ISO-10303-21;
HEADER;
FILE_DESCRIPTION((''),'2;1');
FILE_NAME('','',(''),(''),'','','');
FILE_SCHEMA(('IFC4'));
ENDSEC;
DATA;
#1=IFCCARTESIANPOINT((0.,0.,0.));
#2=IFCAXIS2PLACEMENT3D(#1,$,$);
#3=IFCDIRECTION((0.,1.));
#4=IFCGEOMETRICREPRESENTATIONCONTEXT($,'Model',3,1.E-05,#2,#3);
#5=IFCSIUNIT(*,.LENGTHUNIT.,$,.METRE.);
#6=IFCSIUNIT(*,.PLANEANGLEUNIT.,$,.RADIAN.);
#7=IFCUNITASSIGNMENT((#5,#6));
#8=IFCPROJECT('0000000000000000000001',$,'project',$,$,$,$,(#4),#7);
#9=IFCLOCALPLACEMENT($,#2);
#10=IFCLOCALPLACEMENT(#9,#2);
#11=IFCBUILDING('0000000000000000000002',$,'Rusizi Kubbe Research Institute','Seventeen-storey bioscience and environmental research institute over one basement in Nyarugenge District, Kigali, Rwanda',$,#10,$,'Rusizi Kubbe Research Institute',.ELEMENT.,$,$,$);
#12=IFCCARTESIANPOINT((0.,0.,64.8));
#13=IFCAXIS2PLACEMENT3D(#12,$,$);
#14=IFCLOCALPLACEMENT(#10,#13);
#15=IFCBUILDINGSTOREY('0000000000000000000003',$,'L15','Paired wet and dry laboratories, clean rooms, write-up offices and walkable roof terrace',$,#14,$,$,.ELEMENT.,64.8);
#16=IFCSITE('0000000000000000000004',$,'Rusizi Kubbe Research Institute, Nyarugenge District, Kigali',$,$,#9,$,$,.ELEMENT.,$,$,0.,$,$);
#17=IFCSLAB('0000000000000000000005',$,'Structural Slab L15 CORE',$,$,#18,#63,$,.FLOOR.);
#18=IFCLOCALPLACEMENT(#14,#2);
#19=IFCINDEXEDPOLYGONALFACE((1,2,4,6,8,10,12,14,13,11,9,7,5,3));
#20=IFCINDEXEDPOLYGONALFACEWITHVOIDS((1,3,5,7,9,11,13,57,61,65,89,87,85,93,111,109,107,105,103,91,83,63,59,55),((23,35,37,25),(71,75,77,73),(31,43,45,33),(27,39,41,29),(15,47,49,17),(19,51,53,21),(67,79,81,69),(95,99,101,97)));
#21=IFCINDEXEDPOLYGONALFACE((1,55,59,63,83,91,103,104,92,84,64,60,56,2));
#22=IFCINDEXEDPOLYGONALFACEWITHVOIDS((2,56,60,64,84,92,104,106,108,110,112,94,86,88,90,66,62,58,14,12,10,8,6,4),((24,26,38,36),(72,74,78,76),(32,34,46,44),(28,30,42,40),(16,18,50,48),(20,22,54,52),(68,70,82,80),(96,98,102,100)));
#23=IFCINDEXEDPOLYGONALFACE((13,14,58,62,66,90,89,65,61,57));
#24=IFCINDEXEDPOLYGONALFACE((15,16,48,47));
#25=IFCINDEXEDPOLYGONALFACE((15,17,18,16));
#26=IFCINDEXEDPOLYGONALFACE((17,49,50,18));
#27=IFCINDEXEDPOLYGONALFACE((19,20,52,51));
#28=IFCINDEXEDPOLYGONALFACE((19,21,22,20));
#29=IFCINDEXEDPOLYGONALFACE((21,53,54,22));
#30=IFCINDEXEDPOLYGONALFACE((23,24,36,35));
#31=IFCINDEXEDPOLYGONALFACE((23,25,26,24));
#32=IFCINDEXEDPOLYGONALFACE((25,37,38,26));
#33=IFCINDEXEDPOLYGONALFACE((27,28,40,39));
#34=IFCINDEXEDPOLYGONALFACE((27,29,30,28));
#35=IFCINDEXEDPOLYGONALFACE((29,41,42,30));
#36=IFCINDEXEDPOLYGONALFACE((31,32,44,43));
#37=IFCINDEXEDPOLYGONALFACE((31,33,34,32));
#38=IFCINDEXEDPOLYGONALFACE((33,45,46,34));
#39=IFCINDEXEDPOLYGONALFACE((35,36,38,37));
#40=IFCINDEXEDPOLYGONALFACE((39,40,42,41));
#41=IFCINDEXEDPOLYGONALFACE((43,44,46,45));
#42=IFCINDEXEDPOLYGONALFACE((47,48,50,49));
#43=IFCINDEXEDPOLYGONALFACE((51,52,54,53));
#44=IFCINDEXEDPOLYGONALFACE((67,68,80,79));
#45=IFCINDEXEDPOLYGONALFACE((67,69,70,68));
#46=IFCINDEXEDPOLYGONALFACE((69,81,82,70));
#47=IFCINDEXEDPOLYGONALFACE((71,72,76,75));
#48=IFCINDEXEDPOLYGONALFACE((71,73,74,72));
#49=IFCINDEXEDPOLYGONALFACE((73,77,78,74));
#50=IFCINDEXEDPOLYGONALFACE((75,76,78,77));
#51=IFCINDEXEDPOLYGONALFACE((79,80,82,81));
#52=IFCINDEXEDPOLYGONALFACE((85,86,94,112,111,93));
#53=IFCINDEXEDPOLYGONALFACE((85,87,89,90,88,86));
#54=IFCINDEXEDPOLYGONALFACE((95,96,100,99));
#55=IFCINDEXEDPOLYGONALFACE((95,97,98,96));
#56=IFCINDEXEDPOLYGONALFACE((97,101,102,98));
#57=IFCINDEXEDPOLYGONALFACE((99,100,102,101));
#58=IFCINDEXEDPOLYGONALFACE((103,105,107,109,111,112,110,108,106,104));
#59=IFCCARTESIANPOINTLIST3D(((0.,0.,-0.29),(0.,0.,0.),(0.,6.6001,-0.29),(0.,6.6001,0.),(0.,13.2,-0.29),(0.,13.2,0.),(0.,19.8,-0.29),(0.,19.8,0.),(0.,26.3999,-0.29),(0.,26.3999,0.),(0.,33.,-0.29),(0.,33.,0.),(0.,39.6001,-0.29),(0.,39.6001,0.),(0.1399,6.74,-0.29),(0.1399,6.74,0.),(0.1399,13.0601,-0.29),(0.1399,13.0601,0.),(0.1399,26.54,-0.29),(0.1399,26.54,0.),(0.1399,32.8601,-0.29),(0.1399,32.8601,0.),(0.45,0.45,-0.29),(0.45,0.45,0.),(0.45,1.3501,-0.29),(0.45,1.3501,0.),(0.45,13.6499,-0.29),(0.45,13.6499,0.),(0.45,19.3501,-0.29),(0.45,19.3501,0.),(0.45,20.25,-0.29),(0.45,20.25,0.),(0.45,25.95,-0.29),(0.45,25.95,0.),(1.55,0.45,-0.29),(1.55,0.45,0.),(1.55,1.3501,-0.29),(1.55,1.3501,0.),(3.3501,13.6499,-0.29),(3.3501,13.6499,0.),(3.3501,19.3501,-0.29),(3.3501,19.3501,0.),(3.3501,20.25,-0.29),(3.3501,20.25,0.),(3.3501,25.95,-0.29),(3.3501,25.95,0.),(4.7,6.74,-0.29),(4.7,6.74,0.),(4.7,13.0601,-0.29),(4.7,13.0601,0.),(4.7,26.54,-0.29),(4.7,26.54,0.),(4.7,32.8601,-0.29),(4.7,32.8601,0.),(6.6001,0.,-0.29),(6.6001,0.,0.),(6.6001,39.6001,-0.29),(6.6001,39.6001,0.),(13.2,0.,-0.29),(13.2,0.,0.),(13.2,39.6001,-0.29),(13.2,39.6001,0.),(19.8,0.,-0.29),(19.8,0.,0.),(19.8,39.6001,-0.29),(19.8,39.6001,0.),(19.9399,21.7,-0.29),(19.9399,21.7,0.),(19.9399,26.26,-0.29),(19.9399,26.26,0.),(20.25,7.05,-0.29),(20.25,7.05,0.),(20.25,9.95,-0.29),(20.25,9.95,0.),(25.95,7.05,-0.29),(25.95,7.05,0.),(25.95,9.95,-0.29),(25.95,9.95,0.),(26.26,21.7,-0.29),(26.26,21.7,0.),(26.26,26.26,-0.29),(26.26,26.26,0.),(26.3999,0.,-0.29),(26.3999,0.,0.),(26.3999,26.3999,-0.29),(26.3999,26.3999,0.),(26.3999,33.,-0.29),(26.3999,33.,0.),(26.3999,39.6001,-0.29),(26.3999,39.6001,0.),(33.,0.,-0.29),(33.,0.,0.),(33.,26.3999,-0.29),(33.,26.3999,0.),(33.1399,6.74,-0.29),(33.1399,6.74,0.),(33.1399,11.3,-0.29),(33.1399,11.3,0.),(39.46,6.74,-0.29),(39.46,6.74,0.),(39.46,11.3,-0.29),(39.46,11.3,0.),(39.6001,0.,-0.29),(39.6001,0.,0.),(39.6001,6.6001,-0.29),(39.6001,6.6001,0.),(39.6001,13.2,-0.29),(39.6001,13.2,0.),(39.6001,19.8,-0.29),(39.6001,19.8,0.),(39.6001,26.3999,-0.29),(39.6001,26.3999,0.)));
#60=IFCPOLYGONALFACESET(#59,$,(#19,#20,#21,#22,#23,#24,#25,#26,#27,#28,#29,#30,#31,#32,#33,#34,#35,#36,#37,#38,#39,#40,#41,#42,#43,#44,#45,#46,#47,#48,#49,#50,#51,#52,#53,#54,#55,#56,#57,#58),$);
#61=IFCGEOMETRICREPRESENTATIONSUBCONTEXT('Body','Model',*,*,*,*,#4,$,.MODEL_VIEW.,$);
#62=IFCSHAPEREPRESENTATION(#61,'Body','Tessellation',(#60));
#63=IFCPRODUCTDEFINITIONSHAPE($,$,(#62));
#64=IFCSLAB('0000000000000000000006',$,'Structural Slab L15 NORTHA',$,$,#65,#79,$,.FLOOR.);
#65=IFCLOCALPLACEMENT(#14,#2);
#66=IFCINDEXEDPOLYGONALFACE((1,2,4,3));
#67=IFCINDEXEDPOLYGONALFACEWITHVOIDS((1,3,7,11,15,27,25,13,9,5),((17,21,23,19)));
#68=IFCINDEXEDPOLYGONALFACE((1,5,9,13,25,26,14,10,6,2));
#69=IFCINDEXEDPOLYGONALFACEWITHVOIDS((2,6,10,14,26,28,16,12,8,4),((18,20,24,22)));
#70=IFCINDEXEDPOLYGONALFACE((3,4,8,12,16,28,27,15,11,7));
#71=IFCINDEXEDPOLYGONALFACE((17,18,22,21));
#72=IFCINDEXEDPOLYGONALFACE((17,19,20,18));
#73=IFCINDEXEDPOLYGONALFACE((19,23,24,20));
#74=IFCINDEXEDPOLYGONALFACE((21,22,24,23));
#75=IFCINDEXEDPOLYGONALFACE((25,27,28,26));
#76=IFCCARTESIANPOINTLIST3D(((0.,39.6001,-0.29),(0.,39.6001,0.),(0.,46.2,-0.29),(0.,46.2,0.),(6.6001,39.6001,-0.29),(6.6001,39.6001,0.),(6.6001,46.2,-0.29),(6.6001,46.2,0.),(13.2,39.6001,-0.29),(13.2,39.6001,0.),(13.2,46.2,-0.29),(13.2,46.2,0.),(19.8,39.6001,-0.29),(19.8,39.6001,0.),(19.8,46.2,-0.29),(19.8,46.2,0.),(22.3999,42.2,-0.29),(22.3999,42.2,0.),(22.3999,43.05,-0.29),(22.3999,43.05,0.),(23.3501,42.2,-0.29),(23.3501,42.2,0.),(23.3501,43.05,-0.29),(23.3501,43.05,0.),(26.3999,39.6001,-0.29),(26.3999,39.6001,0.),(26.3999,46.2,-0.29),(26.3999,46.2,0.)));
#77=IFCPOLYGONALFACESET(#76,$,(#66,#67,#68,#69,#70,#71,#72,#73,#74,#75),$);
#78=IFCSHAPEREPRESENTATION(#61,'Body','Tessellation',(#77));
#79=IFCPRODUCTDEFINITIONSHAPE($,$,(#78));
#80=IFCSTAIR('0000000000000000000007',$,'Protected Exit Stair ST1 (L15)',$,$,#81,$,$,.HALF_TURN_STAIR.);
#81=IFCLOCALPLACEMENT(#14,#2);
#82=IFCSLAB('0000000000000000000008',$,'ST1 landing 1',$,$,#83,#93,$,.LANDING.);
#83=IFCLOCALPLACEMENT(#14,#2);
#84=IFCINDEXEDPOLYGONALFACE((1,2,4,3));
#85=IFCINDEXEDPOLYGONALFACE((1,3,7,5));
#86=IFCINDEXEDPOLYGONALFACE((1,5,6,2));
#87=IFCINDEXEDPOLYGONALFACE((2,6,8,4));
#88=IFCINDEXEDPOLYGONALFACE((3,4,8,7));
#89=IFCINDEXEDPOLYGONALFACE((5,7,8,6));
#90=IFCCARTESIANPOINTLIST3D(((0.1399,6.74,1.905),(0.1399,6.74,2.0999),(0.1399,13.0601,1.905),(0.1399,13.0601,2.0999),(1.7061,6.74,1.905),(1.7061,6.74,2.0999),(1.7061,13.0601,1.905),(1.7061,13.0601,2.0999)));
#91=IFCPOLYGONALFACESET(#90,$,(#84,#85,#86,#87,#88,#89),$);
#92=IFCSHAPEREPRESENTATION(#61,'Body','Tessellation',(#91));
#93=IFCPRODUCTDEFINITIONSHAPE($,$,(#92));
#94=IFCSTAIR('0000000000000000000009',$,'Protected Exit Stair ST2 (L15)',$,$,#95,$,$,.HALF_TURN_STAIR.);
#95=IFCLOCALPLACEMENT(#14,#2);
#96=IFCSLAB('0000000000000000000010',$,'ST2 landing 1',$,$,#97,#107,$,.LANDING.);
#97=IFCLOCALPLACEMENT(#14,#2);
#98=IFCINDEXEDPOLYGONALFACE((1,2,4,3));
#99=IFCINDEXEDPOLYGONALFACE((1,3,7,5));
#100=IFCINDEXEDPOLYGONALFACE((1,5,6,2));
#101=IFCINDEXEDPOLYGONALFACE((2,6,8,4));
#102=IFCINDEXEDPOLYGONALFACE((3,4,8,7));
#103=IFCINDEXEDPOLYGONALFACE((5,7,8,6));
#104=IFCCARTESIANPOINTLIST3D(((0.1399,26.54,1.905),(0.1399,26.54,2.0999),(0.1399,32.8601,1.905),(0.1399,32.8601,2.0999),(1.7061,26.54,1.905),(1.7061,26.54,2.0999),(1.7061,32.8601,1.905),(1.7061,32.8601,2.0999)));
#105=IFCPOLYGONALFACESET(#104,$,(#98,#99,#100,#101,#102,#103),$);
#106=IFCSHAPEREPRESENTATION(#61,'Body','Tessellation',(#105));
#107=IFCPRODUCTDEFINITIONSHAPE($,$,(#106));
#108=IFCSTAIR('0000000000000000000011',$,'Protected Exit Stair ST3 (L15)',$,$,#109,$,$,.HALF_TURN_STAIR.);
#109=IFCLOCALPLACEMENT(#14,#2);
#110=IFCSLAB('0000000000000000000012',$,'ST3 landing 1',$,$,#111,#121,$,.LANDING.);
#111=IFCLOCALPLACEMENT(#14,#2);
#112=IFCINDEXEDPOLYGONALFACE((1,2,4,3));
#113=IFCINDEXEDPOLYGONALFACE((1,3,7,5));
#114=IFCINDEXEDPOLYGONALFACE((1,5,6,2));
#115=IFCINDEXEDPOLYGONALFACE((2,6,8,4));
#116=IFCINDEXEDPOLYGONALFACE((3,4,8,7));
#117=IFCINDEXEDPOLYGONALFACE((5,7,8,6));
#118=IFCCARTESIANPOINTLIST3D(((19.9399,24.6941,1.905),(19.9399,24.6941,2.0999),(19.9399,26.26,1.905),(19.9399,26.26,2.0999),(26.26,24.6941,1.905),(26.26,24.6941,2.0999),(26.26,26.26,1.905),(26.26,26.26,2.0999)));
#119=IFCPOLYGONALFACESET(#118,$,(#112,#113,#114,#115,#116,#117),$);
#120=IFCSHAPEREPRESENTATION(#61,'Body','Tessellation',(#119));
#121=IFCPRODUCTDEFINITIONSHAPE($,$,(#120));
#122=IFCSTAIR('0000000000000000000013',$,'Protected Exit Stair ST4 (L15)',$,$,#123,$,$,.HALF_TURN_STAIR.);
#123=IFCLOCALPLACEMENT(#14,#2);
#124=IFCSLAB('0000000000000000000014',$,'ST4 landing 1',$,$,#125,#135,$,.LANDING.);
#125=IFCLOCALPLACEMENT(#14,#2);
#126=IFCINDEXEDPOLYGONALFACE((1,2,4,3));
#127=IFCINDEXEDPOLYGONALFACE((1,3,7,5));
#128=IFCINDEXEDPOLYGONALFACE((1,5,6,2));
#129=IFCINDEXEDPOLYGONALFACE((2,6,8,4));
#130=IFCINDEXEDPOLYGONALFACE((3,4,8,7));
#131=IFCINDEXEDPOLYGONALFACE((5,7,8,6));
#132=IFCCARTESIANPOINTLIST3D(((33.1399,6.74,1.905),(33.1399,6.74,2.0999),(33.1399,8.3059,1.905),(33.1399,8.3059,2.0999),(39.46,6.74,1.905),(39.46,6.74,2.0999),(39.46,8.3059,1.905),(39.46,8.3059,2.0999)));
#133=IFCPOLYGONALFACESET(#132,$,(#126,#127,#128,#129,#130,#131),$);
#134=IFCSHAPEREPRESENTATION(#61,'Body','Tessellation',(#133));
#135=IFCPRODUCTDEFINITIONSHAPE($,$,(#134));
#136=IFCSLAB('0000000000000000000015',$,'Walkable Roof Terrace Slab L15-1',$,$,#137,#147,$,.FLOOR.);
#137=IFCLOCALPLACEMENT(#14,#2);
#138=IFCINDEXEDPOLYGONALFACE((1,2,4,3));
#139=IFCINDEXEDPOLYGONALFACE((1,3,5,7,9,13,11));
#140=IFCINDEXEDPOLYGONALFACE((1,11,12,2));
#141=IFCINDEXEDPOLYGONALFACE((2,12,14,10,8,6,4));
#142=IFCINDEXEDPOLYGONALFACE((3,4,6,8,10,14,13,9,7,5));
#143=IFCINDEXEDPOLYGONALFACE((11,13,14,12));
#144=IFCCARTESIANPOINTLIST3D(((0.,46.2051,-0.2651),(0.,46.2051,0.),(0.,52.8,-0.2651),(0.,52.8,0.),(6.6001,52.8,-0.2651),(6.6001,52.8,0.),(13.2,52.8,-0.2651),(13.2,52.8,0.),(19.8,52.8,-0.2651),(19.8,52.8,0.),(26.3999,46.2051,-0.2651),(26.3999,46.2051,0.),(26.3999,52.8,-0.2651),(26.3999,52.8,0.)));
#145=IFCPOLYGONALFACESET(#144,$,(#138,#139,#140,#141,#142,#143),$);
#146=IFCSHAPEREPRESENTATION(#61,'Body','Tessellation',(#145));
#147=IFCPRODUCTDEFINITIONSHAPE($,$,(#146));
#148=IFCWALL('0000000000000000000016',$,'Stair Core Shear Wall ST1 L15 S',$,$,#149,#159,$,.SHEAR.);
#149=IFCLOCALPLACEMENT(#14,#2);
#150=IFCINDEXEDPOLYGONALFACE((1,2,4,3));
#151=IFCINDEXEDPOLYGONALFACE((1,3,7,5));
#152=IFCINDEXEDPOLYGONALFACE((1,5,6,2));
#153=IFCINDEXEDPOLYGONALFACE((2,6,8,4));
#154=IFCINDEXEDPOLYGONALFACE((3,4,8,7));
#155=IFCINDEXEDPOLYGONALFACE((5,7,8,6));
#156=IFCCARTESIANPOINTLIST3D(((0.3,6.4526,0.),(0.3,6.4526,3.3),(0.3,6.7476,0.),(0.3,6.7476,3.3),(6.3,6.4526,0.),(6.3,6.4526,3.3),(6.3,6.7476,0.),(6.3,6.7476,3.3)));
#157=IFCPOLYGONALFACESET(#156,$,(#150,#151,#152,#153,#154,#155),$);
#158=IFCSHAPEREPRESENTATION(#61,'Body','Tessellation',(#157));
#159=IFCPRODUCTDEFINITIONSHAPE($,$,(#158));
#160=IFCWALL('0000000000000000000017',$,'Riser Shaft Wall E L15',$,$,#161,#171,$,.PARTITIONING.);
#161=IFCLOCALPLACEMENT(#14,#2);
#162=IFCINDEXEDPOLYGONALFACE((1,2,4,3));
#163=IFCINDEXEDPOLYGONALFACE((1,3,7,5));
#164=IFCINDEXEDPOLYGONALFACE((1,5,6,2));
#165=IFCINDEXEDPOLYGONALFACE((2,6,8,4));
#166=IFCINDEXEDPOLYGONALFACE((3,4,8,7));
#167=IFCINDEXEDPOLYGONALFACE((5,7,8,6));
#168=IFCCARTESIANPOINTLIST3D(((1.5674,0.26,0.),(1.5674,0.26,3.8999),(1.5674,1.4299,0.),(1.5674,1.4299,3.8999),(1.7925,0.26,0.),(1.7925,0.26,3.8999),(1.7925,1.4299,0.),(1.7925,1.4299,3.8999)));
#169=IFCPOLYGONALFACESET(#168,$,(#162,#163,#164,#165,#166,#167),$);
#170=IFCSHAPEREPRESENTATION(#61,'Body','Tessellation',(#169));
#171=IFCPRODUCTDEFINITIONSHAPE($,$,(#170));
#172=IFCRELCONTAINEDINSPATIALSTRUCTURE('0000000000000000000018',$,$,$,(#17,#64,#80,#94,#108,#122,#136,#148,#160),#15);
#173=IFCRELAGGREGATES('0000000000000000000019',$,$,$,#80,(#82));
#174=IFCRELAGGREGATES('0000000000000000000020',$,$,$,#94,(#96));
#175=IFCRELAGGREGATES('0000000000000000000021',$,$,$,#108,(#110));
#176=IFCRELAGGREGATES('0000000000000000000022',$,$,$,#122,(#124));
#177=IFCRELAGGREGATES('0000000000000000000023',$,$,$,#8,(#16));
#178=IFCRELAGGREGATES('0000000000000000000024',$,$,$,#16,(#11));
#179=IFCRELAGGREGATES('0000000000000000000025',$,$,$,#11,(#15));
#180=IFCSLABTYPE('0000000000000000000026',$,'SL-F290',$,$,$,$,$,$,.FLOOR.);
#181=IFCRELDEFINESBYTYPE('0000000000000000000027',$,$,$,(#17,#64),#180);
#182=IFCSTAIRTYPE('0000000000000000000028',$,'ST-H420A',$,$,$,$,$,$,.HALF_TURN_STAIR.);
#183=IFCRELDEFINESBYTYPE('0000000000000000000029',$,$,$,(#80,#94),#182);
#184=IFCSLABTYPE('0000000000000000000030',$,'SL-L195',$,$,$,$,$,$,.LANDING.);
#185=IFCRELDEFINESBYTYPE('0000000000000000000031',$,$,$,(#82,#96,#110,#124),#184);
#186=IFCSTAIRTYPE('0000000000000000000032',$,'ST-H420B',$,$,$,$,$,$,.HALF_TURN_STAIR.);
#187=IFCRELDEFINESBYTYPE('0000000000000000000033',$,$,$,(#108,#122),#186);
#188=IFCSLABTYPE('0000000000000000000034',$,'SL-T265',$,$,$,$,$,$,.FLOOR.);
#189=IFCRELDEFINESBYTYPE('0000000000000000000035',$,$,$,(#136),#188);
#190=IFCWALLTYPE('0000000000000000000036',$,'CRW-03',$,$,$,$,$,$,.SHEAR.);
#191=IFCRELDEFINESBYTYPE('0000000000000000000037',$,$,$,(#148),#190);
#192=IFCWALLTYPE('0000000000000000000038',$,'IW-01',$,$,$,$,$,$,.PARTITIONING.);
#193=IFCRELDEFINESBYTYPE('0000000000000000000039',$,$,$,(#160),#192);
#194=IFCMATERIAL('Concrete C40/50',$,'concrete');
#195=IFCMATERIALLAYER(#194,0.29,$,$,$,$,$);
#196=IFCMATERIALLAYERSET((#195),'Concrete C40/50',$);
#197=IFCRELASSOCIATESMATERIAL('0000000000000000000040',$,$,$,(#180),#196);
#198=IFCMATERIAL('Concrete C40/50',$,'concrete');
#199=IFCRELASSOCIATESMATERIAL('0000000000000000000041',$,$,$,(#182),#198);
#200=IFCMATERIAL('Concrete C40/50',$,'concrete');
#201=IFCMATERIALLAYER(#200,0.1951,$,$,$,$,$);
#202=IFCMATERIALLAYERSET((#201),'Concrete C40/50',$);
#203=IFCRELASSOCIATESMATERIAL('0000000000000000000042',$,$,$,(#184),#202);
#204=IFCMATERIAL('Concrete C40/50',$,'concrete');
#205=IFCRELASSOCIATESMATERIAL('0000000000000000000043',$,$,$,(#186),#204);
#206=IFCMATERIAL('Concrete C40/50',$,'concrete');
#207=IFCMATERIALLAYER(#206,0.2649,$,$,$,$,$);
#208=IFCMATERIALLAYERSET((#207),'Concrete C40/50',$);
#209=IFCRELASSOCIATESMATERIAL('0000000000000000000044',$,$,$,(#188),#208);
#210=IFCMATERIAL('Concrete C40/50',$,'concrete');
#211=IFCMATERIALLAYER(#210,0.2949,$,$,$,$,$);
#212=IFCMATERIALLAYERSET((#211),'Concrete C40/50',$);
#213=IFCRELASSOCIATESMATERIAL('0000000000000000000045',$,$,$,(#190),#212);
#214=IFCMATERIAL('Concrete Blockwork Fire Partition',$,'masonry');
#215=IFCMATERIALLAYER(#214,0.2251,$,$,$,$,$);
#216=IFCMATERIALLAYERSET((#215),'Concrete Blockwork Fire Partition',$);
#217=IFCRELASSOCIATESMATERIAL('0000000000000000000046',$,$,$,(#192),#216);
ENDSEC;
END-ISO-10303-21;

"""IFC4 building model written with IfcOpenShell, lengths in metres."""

from ifc_helpers import new_model, si_unit, direction, frame, frame_2d, origin, place, context, subcontext, project, spatial, polyline, rectangle, outline, extrude, material, layer, layer_set, type_object, element, aggregate, save


model = new_model("IFC4")

# Units and contexts
model_context = context("Model", 3, precision=1e-05, world=origin(), true_north=direction((0.0, 1.0)))
body_context = subcontext(model_context, "Body", "Model", "MODEL_VIEW")
ifc_project = project(units=[si_unit("LENGTHUNIT", "METRE"), si_unit("PLANEANGLEUNIT", "RADIAN")], contexts=[model_context])

# Site, building, storey
site_placement = place(None, origin())
site = spatial("IfcSite", under=ifc_project, at=site_placement, Name="Rusizi Kubbe Research Institute, Nyarugenge District, Kigali", CompositionType="ELEMENT", RefElevation=0.0)
building_placement = place(site_placement, origin())
building = spatial("IfcBuilding", under=site, at=building_placement, Name="Rusizi Kubbe Research Institute", Description="Seventeen-storey bioscience and environmental research institute over one basement in Nyarugenge District, Kigali, Rwanda", LongName="Rusizi Kubbe Research Institute", CompositionType="ELEMENT")
storey_placement = place(building_placement, frame((0.0, 0.0, 64.8)))
storey = spatial("IfcBuildingStorey", under=building, at=storey_placement, Name="L15", Description="Paired wet and dry laboratories, clean rooms, write-up offices and walkable roof terrace", CompositionType="ELEMENT", Elevation=64.8)

# Slabs
ifc_material_1 = material(Name="Concrete C40/50", Category="concrete")
ifc_layer_1 = layer(ifc_material_1, 0.29)
ifc_layer_set_1 = layer_set([ifc_layer_1], Name="Concrete C40/50")
slab_type_1 = type_object("IfcSlabType", Name="SL-F290", PredefinedType="FLOOR", material=ifc_layer_set_1)
slab_1_placement = place(storey_placement, frame((0.0, 0.0, -0.29)))
element("IfcSlab", 1, at=slab_1_placement, inside=storey, type_object=slab_type_1, Name="Structural Slab L15 CORE", PredefinedType="FLOOR", context=body_context, shape_type="SweptSolid", body=[
    extrude(outline(polyline([(0.0, 33.0), (0.0, 39.6001), (6.6001, 39.6001), (13.2, 39.6001), (19.8, 39.6001), (26.3999, 39.6001), (26.3999, 33.0), (26.3999, 26.3999), (33.0, 26.3999), (39.6001, 26.3999), (39.6001, 19.8), (39.6001, 13.2), (39.6001, 6.6001), (39.6001, 0.0), (33.0, 0.0), (26.3999, 0.0), (19.8, 0.0), (13.2, 0.0), (6.6001, 0.0), (0.0, 0.0), (0.0, 6.6001), (0.0, 13.2), (0.0, 19.8), (0.0, 26.3999), (0.0, 33.0)]), holes=[polyline([(0.45, 1.3501), (0.45, 0.45), (1.55, 0.45), (1.55, 1.3501), (0.45, 1.3501)]), polyline([(20.25, 9.95), (20.25, 7.05), (25.95, 7.05), (25.95, 9.95), (20.25, 9.95)]), polyline([(33.1399, 11.3), (33.1399, 6.74), (39.46, 6.74), (39.46, 11.3), (33.1399, 11.3)]), polyline([(0.1399, 13.0601), (0.1399, 6.74), (4.7, 6.74), (4.7, 13.0601), (0.1399, 13.0601)]), polyline([(0.45, 19.3501), (0.45, 13.6499), (3.3501, 13.6499), (3.3501, 19.3501), (0.45, 19.3501)]), polyline([(0.45, 25.95), (0.45, 20.25), (3.3501, 20.25), (3.3501, 25.95), (0.45, 25.95)]), polyline([(19.9399, 26.26), (19.9399, 21.7), (26.26, 21.7), (26.26, 26.26), (19.9399, 26.26)]), polyline([(0.1399, 32.8601), (0.1399, 26.54), (4.7, 26.54), (4.7, 32.8601), (0.1399, 32.8601)])]), origin(), (0.0, 0.0, 1.0), 0.29),
])
slab_2_placement = place(storey_placement, frame((0.0, 0.0, -0.29)))
element("IfcSlab", 2, at=slab_2_placement, inside=storey, type_object=slab_type_1, Name="Structural Slab L15 NORTHA", PredefinedType="FLOOR", context=body_context, shape_type="SweptSolid", body=[
    extrude(outline(polyline([(6.6001, 46.2), (13.2, 46.2), (19.8, 46.2), (26.3999, 46.2), (26.3999, 39.6001), (19.8, 39.6001), (13.2, 39.6001), (6.6001, 39.6001), (0.0, 39.6001), (0.0, 46.2), (6.6001, 46.2)]), holes=[polyline([(23.3501, 43.05), (22.3999, 43.05), (22.3999, 42.2), (23.3501, 42.2), (23.3501, 43.05)])]), origin(), (0.0, 0.0, 1.0), 0.29),
])

# Stairs, slabs
ifc_material_2 = material(Name="Concrete C40/50", Category="concrete")
stair_type_1 = type_object("IfcStairType", Name="ST-H420A", PredefinedType="HALF_TURN_STAIR", material=ifc_material_2)
stair_1_placement = place(storey_placement, origin())
stair_1 = element("IfcStair", 3, at=stair_1_placement, inside=storey, type_object=stair_type_1, Name="Protected Exit Stair ST1 (L15)", PredefinedType="HALF_TURN_STAIR")
ifc_material_3 = material(Name="Concrete C40/50", Category="concrete")
ifc_layer_2 = layer(ifc_material_3, 0.1951)
ifc_layer_set_2 = layer_set([ifc_layer_2], Name="Concrete C40/50")
slab_type_2 = type_object("IfcSlabType", Name="SL-L195", PredefinedType="LANDING", material=ifc_layer_set_2)
slab_3_placement = place(storey_placement, frame((0.0, 0.0, 1.905)))
slab_3 = element("IfcSlab", 4, at=slab_3_placement, type_object=slab_type_2, Name="ST1 landing 1", PredefinedType="LANDING", context=body_context, shape_type="SweptSolid", body=[
    extrude(outline(polyline([(1.7061, 13.0601), (0.1399, 13.0601), (0.1399, 6.74), (1.7061, 6.74), (1.7061, 13.0601)])), origin(), (0.0, 0.0, 1.0), 0.1948),
])
aggregate(stair_1, [slab_3])
stair_2_placement = place(storey_placement, origin())
stair_2 = element("IfcStair", 5, at=stair_2_placement, inside=storey, type_object=stair_type_1, Name="Protected Exit Stair ST2 (L15)", PredefinedType="HALF_TURN_STAIR")
slab_4_placement = place(storey_placement, frame((0.0, 0.0, 1.905)))
slab_4 = element("IfcSlab", 6, at=slab_4_placement, type_object=slab_type_2, Name="ST2 landing 1", PredefinedType="LANDING", context=body_context, shape_type="SweptSolid", body=[
    extrude(outline(polyline([(1.7061, 32.8601), (0.1399, 32.8601), (0.1399, 26.54), (1.7061, 26.54), (1.7061, 32.8601)])), origin(), (0.0, 0.0, 1.0), 0.1948),
])
aggregate(stair_2, [slab_4])
ifc_material_4 = material(Name="Concrete C40/50", Category="concrete")
stair_type_2 = type_object("IfcStairType", Name="ST-H420B", PredefinedType="HALF_TURN_STAIR", material=ifc_material_4)
stair_3_placement = place(storey_placement, origin())
stair_3 = element("IfcStair", 7, at=stair_3_placement, inside=storey, type_object=stair_type_2, Name="Protected Exit Stair ST3 (L15)", PredefinedType="HALF_TURN_STAIR")
slab_5_placement = place(storey_placement, frame((0.0, 0.0, 1.905)))
slab_5 = element("IfcSlab", 8, at=slab_5_placement, type_object=slab_type_2, Name="ST3 landing 1", PredefinedType="LANDING", context=body_context, shape_type="SweptSolid", body=[
    extrude(outline(polyline([(26.26, 24.6941), (26.26, 26.26), (19.9399, 26.26), (19.9399, 24.6941), (26.26, 24.6941)])), origin(), (0.0, 0.0, 1.0), 0.1948),
])
aggregate(stair_3, [slab_5])
stair_4_placement = place(storey_placement, origin())
stair_4 = element("IfcStair", 9, at=stair_4_placement, inside=storey, type_object=stair_type_2, Name="Protected Exit Stair ST4 (L15)", PredefinedType="HALF_TURN_STAIR")
slab_6_placement = place(storey_placement, frame((0.0, 0.0, 1.905)))
slab_6 = element("IfcSlab", 10, at=slab_6_placement, type_object=slab_type_2, Name="ST4 landing 1", PredefinedType="LANDING", context=body_context, shape_type="SweptSolid", body=[
    extrude(outline(polyline([(33.1399, 8.3059), (33.1399, 6.74), (39.46, 6.74), (39.46, 8.3059), (33.1399, 8.3059)])), origin(), (0.0, 0.0, 1.0), 0.1948),
])
aggregate(stair_4, [slab_6])

# Slab
ifc_material_5 = material(Name="Concrete C40/50", Category="concrete")
ifc_layer_3 = layer(ifc_material_5, 0.2649)
ifc_layer_set_3 = layer_set([ifc_layer_3], Name="Concrete C40/50")
slab_type_3 = type_object("IfcSlabType", Name="SL-T265", PredefinedType="FLOOR", material=ifc_layer_set_3)
slab_7_placement = place(storey_placement, frame((0.0, 0.0, -0.2651)))
element("IfcSlab", 11, at=slab_7_placement, inside=storey, type_object=slab_type_3, Name="Walkable Roof Terrace Slab L15-1", PredefinedType="FLOOR", context=body_context, shape_type="SweptSolid", body=[
    extrude(outline(polyline([(6.6001, 52.8), (13.2, 52.8), (19.8, 52.8), (26.3999, 52.8), (26.3999, 46.2051), (0.0, 46.2051), (0.0, 52.8), (6.6001, 52.8)])), origin(), (0.0, 0.0, 1.0), 0.2651),
])

# Walls
ifc_material_6 = material(Name="Concrete C40/50", Category="concrete")
ifc_layer_4 = layer(ifc_material_6, 0.2949)
ifc_layer_set_4 = layer_set([ifc_layer_4], Name="Concrete C40/50")
wall_type_1 = type_object("IfcWallType", Name="CRW-03", PredefinedType="SHEAR", material=ifc_layer_set_4)
wall_1_placement = place(storey_placement, frame((0.3, 6.6001, 0.0), z_axis=(0.0, 0.0, 1.0), x_axis=(1.0, 0.0, 0.0)))
element("IfcWall", 12, at=wall_1_placement, inside=storey, type_object=wall_type_1, Name="Stair Core Shear Wall ST1 L15 S", PredefinedType="SHEAR", context=body_context, shape_type="SweptSolid", body=[
    extrude(rectangle(XDim=6.0, YDim=0.2949, at=frame_2d((3.0, 0.0))), origin(), (0.0, 0.0, 1.0), 3.3),
])
ifc_material_7 = material(Name="Concrete Blockwork Fire Partition", Category="masonry")
ifc_layer_5 = layer(ifc_material_7, 0.2251)
ifc_layer_set_5 = layer_set([ifc_layer_5], Name="Concrete Blockwork Fire Partition")
wall_type_2 = type_object("IfcWallType", Name="IW-01", PredefinedType="PARTITIONING", material=ifc_layer_set_5)
wall_2_placement = place(storey_placement, frame((1.6799, 0.26, 0.0), z_axis=(0.0, 0.0, 1.0), x_axis=(0.0, 1.0, 0.0)))
element("IfcWall", 13, at=wall_2_placement, inside=storey, type_object=wall_type_2, Name="Riser Shaft Wall E L15", PredefinedType="PARTITIONING", context=body_context, shape_type="SweptSolid", body=[
    extrude(rectangle(XDim=1.1699, YDim=0.2251, at=frame_2d((0.585, 0.0))), origin(), (0.0, 0.0, 1.0), 3.8999),
])

save(model, "model.ifc")
